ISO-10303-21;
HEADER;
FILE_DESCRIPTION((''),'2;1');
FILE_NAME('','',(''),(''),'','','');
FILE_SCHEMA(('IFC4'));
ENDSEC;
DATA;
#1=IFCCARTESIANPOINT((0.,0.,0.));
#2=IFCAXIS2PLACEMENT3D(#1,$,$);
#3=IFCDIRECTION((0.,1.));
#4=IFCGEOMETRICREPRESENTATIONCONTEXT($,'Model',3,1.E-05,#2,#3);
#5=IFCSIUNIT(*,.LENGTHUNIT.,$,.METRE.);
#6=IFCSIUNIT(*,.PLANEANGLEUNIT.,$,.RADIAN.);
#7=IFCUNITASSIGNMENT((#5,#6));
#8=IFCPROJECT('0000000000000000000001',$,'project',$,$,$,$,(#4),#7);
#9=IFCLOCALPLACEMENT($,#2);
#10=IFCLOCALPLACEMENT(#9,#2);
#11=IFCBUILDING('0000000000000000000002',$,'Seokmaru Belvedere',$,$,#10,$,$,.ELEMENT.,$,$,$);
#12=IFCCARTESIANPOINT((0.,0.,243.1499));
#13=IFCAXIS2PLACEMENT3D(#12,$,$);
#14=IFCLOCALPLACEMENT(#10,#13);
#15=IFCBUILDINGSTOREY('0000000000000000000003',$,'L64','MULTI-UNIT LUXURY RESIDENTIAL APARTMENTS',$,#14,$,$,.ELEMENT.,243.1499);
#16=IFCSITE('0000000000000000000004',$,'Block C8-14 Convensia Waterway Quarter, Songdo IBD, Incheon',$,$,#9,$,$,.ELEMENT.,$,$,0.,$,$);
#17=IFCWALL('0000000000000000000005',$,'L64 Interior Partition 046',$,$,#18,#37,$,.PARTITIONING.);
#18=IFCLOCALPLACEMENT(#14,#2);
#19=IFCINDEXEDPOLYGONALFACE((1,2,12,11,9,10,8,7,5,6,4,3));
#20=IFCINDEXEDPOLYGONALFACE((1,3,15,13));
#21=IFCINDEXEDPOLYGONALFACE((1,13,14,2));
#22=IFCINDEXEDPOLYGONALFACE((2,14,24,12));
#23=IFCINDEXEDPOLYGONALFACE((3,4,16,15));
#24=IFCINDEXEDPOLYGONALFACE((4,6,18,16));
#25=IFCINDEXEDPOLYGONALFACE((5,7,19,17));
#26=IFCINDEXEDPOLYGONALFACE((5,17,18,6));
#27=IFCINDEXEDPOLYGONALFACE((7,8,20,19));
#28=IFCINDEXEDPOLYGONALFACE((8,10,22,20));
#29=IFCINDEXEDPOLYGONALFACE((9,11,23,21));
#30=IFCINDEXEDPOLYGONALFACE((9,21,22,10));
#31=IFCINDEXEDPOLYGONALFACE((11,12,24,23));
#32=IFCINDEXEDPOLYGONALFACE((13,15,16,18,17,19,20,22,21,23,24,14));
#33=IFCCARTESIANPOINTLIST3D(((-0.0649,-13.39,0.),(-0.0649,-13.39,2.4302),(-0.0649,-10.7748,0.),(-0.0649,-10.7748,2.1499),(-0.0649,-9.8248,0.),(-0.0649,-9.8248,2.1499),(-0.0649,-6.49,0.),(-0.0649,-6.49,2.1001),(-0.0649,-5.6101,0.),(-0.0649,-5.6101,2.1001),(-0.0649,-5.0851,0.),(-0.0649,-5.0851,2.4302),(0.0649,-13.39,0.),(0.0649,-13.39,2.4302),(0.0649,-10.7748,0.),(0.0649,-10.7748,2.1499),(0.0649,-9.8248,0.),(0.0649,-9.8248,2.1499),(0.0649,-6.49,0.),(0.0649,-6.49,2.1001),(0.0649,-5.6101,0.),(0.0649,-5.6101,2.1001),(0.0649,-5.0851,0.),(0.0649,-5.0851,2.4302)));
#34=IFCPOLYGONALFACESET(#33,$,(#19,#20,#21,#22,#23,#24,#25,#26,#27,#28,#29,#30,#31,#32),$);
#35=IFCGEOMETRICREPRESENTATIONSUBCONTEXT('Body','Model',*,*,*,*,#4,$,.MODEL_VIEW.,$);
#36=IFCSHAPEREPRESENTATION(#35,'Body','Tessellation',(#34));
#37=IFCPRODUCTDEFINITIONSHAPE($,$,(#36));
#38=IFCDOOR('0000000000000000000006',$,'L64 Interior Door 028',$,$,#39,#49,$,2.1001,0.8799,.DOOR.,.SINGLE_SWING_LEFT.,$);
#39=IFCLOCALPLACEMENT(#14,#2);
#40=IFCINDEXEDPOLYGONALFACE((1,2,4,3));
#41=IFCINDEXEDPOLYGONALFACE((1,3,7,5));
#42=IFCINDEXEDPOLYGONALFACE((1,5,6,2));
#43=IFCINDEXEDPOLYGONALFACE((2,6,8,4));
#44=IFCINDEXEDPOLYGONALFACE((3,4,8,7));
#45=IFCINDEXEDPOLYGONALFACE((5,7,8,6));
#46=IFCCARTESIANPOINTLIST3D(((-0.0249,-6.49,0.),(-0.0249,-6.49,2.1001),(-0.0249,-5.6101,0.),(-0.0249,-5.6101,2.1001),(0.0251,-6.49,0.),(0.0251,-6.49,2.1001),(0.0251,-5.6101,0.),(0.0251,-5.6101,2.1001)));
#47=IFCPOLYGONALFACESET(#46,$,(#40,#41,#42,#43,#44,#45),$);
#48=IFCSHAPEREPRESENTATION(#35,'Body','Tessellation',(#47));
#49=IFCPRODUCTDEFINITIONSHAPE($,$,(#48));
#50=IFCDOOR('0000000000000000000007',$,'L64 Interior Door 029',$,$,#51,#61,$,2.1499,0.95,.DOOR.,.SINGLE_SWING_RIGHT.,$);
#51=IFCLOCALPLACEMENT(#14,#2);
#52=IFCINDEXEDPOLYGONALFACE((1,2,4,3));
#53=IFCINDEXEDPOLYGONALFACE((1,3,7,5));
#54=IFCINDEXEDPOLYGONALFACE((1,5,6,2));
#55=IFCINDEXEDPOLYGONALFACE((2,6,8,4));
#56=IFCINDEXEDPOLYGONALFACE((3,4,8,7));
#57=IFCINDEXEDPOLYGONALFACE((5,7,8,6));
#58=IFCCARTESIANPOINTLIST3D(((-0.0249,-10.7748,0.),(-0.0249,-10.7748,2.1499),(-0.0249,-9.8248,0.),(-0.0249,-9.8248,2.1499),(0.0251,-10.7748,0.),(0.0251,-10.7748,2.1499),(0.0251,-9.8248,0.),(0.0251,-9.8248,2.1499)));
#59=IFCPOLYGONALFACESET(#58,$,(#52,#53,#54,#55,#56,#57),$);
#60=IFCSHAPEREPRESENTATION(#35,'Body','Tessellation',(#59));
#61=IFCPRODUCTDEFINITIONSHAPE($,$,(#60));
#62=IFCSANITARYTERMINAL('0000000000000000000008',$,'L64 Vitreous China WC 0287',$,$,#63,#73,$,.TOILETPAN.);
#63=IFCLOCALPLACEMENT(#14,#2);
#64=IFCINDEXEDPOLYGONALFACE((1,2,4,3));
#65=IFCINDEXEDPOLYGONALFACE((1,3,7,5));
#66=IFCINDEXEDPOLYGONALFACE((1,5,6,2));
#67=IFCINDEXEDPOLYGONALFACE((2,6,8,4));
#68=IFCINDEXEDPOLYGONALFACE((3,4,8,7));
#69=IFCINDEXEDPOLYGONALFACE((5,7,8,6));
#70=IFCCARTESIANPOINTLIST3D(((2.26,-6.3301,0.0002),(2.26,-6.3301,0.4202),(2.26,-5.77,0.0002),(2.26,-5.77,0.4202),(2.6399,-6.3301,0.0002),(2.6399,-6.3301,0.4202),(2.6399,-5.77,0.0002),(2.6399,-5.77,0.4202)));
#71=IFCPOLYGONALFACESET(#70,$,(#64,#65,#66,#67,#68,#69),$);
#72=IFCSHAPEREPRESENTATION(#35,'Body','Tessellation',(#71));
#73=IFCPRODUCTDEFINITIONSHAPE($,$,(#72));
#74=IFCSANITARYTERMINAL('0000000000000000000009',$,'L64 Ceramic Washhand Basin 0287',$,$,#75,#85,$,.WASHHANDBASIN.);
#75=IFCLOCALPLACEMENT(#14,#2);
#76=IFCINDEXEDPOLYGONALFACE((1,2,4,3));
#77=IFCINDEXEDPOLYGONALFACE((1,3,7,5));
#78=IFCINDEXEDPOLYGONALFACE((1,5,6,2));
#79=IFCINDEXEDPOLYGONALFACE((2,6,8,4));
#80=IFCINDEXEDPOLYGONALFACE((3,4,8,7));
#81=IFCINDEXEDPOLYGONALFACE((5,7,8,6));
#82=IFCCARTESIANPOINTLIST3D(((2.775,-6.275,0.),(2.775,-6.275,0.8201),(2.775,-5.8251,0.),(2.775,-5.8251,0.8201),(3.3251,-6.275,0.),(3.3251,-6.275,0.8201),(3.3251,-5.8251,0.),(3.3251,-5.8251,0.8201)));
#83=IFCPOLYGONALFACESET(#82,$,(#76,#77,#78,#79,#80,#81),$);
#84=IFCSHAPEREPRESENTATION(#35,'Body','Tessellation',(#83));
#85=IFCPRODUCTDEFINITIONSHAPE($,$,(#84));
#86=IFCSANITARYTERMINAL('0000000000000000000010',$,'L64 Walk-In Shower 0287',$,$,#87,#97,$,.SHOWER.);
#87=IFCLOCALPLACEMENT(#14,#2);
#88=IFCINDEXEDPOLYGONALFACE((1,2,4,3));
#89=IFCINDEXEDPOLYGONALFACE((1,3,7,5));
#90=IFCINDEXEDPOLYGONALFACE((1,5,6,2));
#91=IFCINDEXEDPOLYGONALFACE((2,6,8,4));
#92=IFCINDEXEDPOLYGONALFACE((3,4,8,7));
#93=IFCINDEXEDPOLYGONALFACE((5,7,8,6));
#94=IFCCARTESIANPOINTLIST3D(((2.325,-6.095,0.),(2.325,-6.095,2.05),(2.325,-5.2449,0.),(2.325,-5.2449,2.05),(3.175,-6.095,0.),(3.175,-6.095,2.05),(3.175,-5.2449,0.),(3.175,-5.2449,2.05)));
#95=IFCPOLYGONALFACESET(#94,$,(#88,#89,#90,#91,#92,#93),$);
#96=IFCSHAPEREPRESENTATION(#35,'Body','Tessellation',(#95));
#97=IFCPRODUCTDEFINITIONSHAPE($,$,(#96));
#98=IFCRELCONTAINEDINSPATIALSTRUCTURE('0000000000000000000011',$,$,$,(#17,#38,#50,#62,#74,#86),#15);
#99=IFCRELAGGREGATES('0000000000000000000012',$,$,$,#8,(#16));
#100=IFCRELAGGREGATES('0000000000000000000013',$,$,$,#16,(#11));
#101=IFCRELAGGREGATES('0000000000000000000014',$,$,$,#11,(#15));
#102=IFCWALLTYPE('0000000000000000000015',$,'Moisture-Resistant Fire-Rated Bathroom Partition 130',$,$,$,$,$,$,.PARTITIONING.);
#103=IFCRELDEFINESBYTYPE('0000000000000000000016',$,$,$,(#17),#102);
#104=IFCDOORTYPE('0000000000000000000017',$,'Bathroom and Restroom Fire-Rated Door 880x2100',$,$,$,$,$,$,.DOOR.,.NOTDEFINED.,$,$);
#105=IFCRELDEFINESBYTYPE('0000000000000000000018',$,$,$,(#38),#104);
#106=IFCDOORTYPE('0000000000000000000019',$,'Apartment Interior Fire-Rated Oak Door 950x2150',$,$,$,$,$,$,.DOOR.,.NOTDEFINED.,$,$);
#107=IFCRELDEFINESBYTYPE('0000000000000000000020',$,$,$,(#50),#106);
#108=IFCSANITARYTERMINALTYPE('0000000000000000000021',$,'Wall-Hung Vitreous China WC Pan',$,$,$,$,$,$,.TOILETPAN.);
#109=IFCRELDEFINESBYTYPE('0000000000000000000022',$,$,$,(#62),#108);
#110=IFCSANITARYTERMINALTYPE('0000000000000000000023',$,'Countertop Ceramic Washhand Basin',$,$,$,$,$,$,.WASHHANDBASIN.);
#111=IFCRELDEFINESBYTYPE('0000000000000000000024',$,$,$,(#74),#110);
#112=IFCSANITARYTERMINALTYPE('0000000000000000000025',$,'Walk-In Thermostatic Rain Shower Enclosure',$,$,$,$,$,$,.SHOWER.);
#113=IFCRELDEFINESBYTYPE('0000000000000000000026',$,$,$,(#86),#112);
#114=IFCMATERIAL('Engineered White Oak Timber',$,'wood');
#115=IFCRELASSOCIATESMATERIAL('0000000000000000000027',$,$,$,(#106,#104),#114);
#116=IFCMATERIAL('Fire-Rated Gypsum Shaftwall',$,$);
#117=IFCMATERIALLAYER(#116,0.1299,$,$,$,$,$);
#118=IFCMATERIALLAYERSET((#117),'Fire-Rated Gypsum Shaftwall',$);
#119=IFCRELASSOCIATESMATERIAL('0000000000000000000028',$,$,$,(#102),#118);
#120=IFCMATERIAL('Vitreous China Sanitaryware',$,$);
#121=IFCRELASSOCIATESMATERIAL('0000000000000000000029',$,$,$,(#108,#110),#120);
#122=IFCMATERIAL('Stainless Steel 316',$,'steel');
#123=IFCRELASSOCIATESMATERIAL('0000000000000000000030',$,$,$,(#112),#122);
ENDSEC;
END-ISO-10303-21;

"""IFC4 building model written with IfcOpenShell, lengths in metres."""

from ifc_helpers import new_model, si_unit, direction, frame, frame_2d, origin, origin_2d, place, context, subcontext, project, spatial, rectangle, extrude, source, transform, mapped, material, layer, layer_set, type_object, type_shapes, element, fill, save


model = new_model("IFC4")

# Units and contexts
model_context = context("Model", 3, precision=1e-05, world=origin(), true_north=direction((0.0, 1.0)))
body_context = subcontext(model_context, "Body", "Model", "MODEL_VIEW")
ifc_project = project(units=[si_unit("LENGTHUNIT", "METRE"), si_unit("PLANEANGLEUNIT", "RADIAN")], contexts=[model_context])

# Site, building, storey
site_placement = place(None, origin())
site = spatial("IfcSite", under=ifc_project, at=site_placement, Name="Block C8-14 Convensia Waterway Quarter, Songdo IBD, Incheon", CompositionType="ELEMENT", RefElevation=0.0)
building_placement = place(site_placement, origin())
building = spatial("IfcBuilding", under=site, at=building_placement, Name="Seokmaru Belvedere", CompositionType="ELEMENT")
storey_placement = place(building_placement, frame((0.0, 0.0, 243.1499)))
storey = spatial("IfcBuildingStorey", under=building, at=storey_placement, Name="L64", Description="MULTI-UNIT LUXURY RESIDENTIAL APARTMENTS", CompositionType="ELEMENT", Elevation=243.1499)

# Shared definitions
ifc_material_1 = material(Name="Fire-Rated Gypsum Shaftwall")
ifc_material_2 = material(Name="Engineered White Oak Timber", Category="wood")
door_type_1 = type_object("IfcDoorType", Name="Apartment Interior Fire-Rated Oak Door 950x2150", OperationType="NOTDEFINED", PredefinedType="DOOR", material=ifc_material_2)
shared_shape_1 = source(origin(), body_context, "Body", "SweptSolid", [
    extrude(rectangle(XDim=0.95, YDim=2.1499, at=frame_2d((0.4751, 1.075))), frame((0.0, 0.0249, 0.0), z_axis=(0.0, -1.0, 0.0), x_axis=(1.0, 0.0, 0.0)), (0.0, 0.0, 1.0), 0.05),
])
type_shapes(door_type_1, [shared_shape_1])

# Shared definitions
ifc_layer_1 = layer(ifc_material_1, 0.1299)
ifc_layer_set_1 = layer_set([ifc_layer_1], Name="Fire-Rated Gypsum Shaftwall")
wall_type_1 = type_object("IfcWallType", Name="Moisture-Resistant Fire-Rated Bathroom Partition 130", PredefinedType="PARTITIONING", material=ifc_layer_set_1)

# Wall, openings, doors
wall_1_placement = place(storey_placement, frame((0.0, -13.3899, 0.0), z_axis=(0.0, 0.0, 1.0), x_axis=(0.0, 1.0, 0.0)))
wall_1 = element("IfcWall", 1, at=wall_1_placement, inside=storey, type_object=wall_type_1, Name="L64 Interior Partition 046", PredefinedType="PARTITIONING", context=body_context, shape_type="SweptSolid", body=[
    extrude(rectangle(XDim=8.3049, YDim=0.1299, at=frame_2d((4.1523, 0.0))), origin(), (0.0, 0.0, 1.0), 2.4302),
])
opening_1_placement = place(wall_1_placement, frame((6.8999, 0.0, 0.0)))
opening_1 = element("IfcOpeningElement", 2, at=opening_1_placement, cuts=wall_1, PredefinedType="OPENING", context=body_context, shape_type="SweptSolid", body=[
    extrude(rectangle(XDim=0.8799, YDim=2.1001, at=frame_2d((0.4399, 1.05))), frame((0.0, 0.075, 0.0), z_axis=(0.0, -1.0, 0.0), x_axis=(1.0, 0.0, 0.0)), (0.0, 0.0, 1.0), 0.1499),
])
opening_2_placement = place(wall_1_placement, frame((2.615, 0.0, 0.0)))
opening_2 = element("IfcOpeningElement", 3, at=opening_2_placement, cuts=wall_1, PredefinedType="OPENING", context=body_context, shape_type="SweptSolid", body=[
    extrude(rectangle(XDim=0.95, YDim=2.1499, at=frame_2d((0.4751, 1.075))), frame((0.0, 0.075, 0.0), z_axis=(0.0, -1.0, 0.0), x_axis=(1.0, 0.0, 0.0)), (0.0, 0.0, 1.0), 0.1499),
])
door_type_2 = type_object("IfcDoorType", Name="Bathroom and Restroom Fire-Rated Door 880x2100", OperationType="NOTDEFINED", PredefinedType="DOOR", material=ifc_material_2)
shared_shape_2 = source(origin(), body_context, "Body", "SweptSolid", [
    extrude(rectangle(XDim=0.8799, YDim=2.1001, at=frame_2d((0.4399, 1.05))), frame((0.0, 0.0249, 0.0), z_axis=(0.0, -1.0, 0.0), x_axis=(1.0, 0.0, 0.0)), (0.0, 0.0, 1.0), 0.05),
])
type_shapes(door_type_2, [shared_shape_2])
door_1_placement = place(opening_1_placement, origin())
door_1 = element("IfcDoor", 4, at=door_1_placement, inside=storey, type_object=door_type_2, Name="L64 Interior Door 028", OperationType="SINGLE_SWING_LEFT", OverallHeight=2.1001, OverallWidth=0.8799, PredefinedType="DOOR", context=body_context, shape_type="MappedRepresentation", body=[
    mapped(shared_shape_2, transform((0.0, 0.0, 0.0), scale=1.0)),
])
fill(opening_1, door_1)
door_2_placement = place(opening_2_placement, origin())
door_2 = element("IfcDoor", 5, at=door_2_placement, inside=storey, type_object=door_type_1, Name="L64 Interior Door 029", OperationType="SINGLE_SWING_RIGHT", OverallHeight=2.1499, OverallWidth=0.95, PredefinedType="DOOR", context=body_context, shape_type="MappedRepresentation", body=[
    mapped(shared_shape_1, transform((0.0, 0.0, 0.0), scale=1.0)),
])
fill(opening_2, door_2)

# Sanitary terminals
ifc_material_3 = material(Name="Vitreous China Sanitaryware")
sanitary_terminal_type_1 = type_object("IfcSanitaryTerminalType", Name="Wall-Hung Vitreous China WC Pan", PredefinedType="TOILETPAN", material=ifc_material_3)
shared_shape_3 = source(origin(), body_context, "Body", "SweptSolid", [
    extrude(rectangle(XDim=0.3799, YDim=0.5601, at=origin_2d()), origin(), (0.0, 0.0, 1.0), 0.4199),
])
type_shapes(sanitary_terminal_type_1, [shared_shape_3])
sanitary_terminal_1_placement = place(storey_placement, frame((2.45, -6.05, 0.0002), z_axis=(0.0, 0.0, 1.0), x_axis=(1.0, 0.0, 0.0)))
element("IfcSanitaryTerminal", 6, at=sanitary_terminal_1_placement, inside=storey, type_object=sanitary_terminal_type_1, Name="L64 Vitreous China WC 0287", PredefinedType="TOILETPAN", context=body_context, shape_type="MappedRepresentation", body=[
    mapped(shared_shape_3, transform((0.0, 0.0, 0.0), scale=1.0)),
])
sanitary_terminal_type_2 = type_object("IfcSanitaryTerminalType", Name="Countertop Ceramic Washhand Basin", PredefinedType="WASHHANDBASIN", material=ifc_material_3)
shared_shape_4 = source(origin(), body_context, "Body", "SweptSolid", [
    extrude(rectangle(XDim=0.55, YDim=0.45, at=origin_2d()), origin(), (0.0, 0.0, 1.0), 0.8201),
])
type_shapes(sanitary_terminal_type_2, [shared_shape_4])
sanitary_terminal_2_placement = place(storey_placement, frame((3.05, -6.05, 0.0), z_axis=(0.0, 0.0, 1.0), x_axis=(1.0, 0.0, 0.0)))
element("IfcSanitaryTerminal", 7, at=sanitary_terminal_2_placement, inside=storey, type_object=sanitary_terminal_type_2, Name="L64 Ceramic Washhand Basin 0287", PredefinedType="WASHHANDBASIN", context=body_context, shape_type="MappedRepresentation", body=[
    mapped(shared_shape_4, transform((0.0, 0.0, 0.0), scale=1.0)),
])
ifc_material_4 = material(Name="Stainless Steel 316", Category="steel")
sanitary_terminal_type_3 = type_object("IfcSanitaryTerminalType", Name="Walk-In Thermostatic Rain Shower Enclosure", PredefinedType="SHOWER", material=ifc_material_4)
shared_shape_5 = source(origin(), body_context, "Body", "SweptSolid", [
    extrude(rectangle(XDim=0.8501, YDim=0.8501, at=origin_2d()), origin(), (0.0, 0.0, 1.0), 2.05),
])
type_shapes(sanitary_terminal_type_3, [shared_shape_5])
sanitary_terminal_3_placement = place(storey_placement, frame((2.75, -5.6699, 0.0), z_axis=(0.0, 0.0, 1.0), x_axis=(1.0, 0.0, 0.0)))
element("IfcSanitaryTerminal", 8, at=sanitary_terminal_3_placement, inside=storey, type_object=sanitary_terminal_type_3, Name="L64 Walk-In Shower 0287", PredefinedType="SHOWER", context=body_context, shape_type="MappedRepresentation", body=[
    mapped(shared_shape_5, transform((0.0, 0.0, 0.0), scale=1.0)),
])

save(model, "model.ifc")
